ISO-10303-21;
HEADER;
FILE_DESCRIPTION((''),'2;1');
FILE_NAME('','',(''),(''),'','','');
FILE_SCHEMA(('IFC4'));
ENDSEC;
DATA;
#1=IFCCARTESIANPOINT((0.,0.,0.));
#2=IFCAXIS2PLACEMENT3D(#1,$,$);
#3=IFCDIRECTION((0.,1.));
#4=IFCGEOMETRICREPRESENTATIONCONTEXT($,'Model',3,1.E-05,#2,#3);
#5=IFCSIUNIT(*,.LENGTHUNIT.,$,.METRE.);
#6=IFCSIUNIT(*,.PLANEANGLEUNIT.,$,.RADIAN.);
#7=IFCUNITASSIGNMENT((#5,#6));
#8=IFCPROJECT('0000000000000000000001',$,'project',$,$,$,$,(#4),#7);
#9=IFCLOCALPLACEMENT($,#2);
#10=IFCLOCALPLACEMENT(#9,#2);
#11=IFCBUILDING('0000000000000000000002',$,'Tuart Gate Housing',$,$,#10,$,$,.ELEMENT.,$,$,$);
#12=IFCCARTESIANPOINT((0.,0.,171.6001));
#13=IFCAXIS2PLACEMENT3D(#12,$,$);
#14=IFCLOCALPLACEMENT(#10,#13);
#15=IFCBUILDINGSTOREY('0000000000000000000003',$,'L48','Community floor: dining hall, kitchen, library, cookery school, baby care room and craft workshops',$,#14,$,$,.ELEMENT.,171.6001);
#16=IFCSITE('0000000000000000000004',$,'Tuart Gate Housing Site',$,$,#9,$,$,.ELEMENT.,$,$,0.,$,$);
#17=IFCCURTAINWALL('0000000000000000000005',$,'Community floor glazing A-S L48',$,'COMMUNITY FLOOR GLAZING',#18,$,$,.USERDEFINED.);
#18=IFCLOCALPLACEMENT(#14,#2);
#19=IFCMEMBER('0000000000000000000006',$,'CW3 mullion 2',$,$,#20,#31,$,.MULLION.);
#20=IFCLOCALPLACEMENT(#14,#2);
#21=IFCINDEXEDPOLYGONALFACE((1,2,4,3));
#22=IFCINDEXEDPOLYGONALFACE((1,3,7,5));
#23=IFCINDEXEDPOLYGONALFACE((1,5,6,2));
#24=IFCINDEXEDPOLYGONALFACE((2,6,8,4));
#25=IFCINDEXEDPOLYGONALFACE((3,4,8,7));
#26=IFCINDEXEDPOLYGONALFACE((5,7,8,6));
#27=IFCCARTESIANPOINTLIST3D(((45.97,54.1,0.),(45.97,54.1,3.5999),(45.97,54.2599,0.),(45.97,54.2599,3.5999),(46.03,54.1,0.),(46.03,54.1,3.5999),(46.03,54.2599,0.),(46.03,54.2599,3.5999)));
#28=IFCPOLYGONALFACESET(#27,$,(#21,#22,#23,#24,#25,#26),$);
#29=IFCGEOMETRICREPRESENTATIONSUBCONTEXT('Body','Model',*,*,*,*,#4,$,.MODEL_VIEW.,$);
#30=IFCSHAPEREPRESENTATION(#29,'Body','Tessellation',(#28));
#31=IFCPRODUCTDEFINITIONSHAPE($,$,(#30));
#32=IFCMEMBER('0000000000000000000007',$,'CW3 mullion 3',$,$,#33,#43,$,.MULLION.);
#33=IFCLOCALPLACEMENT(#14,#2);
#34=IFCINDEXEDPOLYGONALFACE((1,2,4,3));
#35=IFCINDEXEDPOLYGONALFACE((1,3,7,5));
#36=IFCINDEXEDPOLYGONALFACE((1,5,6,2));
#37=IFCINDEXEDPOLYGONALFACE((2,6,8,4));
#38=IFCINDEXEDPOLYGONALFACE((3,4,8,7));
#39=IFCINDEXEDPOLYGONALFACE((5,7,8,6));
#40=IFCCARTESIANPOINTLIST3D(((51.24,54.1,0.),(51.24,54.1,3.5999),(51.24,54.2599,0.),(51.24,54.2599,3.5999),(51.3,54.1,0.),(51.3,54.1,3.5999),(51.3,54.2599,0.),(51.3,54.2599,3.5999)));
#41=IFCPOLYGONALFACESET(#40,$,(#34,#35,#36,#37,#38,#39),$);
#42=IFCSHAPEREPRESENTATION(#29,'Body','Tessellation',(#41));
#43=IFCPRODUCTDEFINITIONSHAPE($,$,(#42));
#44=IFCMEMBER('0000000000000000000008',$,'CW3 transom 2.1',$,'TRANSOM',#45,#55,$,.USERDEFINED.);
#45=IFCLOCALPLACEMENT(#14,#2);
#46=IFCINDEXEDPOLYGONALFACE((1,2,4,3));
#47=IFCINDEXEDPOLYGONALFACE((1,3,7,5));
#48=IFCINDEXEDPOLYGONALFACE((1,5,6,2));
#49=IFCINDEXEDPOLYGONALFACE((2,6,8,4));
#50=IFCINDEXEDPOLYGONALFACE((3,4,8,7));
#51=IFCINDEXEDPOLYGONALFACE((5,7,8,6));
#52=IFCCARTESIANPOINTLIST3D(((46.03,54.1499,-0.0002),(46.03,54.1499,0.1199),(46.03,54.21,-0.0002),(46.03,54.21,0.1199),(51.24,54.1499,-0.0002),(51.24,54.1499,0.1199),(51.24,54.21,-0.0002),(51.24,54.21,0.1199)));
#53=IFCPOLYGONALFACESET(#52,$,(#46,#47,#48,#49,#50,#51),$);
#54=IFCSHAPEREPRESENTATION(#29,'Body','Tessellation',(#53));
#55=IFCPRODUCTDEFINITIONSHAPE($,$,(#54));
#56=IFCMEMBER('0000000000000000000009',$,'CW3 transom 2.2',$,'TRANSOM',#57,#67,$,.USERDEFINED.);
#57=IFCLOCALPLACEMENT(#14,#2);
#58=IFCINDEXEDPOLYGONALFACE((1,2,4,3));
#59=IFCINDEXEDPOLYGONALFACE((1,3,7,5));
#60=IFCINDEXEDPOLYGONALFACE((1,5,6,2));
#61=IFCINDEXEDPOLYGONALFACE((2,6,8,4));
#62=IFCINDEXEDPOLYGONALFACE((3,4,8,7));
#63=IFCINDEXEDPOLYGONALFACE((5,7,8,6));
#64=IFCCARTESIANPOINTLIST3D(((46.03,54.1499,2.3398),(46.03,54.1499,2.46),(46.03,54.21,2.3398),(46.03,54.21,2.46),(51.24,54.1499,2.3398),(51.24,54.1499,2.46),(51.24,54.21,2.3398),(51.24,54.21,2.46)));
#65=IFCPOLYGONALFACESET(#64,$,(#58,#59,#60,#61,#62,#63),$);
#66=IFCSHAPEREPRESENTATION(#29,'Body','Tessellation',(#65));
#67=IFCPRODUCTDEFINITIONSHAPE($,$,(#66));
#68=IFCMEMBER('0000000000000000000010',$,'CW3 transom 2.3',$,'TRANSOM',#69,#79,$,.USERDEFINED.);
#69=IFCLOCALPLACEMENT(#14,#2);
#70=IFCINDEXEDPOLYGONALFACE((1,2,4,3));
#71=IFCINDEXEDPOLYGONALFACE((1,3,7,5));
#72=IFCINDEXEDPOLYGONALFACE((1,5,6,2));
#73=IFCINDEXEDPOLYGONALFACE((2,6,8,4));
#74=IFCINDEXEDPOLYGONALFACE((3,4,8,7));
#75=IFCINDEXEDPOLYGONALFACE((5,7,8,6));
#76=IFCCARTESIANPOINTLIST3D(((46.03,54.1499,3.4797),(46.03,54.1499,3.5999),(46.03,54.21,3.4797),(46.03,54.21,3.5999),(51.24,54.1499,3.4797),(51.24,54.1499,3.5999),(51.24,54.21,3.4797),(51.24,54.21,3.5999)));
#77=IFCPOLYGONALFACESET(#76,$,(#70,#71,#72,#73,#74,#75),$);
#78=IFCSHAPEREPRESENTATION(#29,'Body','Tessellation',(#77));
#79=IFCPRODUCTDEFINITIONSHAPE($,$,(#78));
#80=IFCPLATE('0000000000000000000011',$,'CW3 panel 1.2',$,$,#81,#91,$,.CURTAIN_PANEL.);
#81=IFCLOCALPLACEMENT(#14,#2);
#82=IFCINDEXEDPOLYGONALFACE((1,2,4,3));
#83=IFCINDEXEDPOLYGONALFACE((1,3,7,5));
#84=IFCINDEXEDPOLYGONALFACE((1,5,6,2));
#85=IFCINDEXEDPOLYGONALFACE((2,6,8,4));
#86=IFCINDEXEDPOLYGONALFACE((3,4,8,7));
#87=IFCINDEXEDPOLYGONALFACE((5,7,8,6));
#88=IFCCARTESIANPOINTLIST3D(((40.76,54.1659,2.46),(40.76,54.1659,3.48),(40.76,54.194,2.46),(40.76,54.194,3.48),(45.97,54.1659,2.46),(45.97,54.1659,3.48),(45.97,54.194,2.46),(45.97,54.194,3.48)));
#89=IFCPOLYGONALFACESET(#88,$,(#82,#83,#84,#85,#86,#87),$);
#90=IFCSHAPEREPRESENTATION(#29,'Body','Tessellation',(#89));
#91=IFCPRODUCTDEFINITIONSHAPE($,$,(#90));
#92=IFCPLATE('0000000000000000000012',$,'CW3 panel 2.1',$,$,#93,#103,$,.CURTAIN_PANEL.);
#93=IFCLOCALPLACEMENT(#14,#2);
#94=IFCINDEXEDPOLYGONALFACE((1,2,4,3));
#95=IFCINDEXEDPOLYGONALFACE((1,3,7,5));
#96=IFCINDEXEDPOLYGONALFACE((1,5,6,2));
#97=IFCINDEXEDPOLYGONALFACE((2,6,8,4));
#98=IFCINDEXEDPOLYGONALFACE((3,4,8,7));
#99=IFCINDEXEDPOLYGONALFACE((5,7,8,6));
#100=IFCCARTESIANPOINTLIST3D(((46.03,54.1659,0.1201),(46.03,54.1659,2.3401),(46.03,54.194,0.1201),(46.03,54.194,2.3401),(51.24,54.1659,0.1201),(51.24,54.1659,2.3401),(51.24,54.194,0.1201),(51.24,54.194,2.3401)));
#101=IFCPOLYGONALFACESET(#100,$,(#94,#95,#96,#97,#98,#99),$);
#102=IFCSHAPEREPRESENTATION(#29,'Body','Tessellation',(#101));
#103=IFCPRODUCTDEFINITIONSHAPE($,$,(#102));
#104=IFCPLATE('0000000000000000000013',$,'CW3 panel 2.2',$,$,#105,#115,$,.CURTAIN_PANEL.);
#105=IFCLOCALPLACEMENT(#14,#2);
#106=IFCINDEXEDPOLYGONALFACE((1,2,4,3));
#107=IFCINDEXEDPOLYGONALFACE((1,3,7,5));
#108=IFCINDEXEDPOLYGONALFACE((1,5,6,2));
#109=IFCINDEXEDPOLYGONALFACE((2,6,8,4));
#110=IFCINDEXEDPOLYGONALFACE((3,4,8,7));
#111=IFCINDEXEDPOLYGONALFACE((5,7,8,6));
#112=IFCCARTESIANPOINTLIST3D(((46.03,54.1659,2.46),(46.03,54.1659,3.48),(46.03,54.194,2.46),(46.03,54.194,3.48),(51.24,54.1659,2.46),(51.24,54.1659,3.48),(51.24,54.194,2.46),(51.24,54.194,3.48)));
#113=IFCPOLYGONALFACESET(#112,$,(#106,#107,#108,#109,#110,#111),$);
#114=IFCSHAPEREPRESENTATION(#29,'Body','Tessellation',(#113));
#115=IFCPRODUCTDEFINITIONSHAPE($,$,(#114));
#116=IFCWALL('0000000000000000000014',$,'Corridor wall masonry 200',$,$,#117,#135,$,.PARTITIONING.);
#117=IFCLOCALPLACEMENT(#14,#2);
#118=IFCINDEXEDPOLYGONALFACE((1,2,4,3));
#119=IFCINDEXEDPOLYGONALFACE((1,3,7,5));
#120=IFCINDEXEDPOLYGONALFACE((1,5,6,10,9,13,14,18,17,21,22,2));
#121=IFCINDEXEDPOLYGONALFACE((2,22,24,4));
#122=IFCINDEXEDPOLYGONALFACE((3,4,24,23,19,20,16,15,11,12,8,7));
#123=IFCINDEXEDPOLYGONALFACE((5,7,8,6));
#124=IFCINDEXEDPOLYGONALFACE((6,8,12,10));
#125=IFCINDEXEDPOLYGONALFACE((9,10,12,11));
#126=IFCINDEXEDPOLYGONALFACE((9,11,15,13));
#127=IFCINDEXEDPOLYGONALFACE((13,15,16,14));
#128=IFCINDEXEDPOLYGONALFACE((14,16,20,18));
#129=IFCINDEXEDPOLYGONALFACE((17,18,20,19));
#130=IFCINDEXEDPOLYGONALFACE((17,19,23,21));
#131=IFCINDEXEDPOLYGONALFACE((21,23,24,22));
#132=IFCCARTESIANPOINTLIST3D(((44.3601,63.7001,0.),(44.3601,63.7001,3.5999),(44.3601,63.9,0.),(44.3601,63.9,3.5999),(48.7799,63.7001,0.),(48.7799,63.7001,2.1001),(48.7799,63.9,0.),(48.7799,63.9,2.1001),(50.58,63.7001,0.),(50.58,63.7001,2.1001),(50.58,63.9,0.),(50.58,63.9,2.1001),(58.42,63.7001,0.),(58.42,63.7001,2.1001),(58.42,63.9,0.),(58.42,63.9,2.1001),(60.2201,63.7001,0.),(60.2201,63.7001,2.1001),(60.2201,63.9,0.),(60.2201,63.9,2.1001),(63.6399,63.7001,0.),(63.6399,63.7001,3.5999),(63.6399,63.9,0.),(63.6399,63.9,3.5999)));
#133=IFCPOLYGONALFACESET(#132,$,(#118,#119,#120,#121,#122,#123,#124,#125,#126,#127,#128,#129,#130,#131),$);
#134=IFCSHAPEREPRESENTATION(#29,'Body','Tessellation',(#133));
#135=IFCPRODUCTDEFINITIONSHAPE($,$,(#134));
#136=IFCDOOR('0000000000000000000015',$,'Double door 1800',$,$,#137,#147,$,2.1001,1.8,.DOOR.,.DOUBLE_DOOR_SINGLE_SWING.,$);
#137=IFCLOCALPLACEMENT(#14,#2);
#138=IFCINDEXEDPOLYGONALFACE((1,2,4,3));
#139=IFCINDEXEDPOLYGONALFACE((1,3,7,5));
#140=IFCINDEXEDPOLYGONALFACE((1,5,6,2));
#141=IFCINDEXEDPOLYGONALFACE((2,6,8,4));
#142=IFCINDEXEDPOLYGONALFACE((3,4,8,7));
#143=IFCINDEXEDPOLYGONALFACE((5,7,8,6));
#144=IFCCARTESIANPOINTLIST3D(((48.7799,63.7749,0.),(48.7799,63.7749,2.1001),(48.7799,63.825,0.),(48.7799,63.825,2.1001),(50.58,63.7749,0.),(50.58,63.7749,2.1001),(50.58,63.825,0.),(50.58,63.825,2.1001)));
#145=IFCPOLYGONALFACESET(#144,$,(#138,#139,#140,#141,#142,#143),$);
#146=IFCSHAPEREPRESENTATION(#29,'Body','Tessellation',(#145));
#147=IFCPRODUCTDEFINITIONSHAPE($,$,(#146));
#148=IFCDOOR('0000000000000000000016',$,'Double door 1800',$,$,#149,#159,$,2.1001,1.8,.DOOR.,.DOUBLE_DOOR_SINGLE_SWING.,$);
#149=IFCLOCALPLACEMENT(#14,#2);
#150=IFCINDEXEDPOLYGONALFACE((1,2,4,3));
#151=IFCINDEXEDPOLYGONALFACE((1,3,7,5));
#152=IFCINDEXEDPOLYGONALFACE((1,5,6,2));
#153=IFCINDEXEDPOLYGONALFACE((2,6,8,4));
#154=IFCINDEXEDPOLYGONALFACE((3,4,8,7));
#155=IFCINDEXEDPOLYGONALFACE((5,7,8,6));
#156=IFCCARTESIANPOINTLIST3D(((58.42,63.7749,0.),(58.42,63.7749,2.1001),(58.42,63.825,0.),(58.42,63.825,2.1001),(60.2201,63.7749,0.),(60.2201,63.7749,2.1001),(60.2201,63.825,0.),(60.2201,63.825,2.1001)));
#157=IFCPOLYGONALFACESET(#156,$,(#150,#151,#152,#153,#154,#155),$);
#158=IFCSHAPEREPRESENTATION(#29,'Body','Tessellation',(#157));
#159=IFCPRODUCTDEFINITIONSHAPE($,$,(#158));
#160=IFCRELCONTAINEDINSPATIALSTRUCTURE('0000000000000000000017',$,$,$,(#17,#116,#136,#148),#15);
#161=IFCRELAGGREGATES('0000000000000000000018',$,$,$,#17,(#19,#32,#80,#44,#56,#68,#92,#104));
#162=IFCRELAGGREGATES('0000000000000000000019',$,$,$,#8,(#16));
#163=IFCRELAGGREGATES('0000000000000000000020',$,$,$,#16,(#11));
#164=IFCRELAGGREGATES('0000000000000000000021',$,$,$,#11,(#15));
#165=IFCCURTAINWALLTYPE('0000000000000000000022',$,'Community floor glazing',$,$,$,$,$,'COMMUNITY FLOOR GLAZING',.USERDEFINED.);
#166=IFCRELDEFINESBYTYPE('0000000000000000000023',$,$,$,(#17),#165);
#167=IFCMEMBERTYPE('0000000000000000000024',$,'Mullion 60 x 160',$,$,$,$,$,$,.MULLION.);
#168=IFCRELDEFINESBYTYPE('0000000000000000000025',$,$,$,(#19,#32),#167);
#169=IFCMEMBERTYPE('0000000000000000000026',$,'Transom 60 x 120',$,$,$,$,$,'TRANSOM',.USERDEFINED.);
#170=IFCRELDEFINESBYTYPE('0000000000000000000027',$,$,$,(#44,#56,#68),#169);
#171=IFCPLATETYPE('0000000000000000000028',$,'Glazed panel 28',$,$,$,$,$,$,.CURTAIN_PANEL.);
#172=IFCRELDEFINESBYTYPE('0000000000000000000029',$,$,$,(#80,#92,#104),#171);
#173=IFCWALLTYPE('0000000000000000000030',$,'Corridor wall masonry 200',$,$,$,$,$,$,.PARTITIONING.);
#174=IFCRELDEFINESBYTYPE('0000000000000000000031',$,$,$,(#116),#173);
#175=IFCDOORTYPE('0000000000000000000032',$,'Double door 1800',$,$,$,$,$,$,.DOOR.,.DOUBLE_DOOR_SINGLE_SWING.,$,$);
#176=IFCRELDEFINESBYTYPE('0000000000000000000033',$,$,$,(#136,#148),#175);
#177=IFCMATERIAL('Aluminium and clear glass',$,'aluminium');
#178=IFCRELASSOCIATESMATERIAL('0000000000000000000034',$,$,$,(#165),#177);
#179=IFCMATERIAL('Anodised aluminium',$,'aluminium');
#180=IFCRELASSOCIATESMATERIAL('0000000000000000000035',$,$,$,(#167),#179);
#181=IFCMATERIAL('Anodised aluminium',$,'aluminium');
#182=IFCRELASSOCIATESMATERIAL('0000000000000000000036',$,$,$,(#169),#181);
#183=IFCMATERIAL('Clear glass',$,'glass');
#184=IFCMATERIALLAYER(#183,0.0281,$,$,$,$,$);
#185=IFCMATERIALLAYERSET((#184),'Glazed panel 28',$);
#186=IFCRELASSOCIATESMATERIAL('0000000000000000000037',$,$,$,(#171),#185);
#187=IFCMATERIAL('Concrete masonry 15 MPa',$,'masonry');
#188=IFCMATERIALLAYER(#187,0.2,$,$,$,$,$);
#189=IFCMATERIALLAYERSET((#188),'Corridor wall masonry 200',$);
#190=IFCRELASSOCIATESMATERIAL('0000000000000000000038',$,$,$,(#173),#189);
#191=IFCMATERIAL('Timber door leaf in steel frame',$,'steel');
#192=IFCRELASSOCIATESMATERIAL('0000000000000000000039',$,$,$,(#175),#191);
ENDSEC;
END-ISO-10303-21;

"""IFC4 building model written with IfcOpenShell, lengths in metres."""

from ifc_helpers import new_model, si_unit, direction, frame, frame_2d, origin, origin_2d, place, context, subcontext, project, spatial, rectangle, extrude, material, layer, layer_set, material_profile, profile_set, type_object, element, fill, aggregate, save


model = new_model("IFC4")

# Units and contexts
model_context = context("Model", 3, precision=1e-05, world=origin(), true_north=direction((0.0, 1.0)))
body_context = subcontext(model_context, "Body", "Model", "MODEL_VIEW")
ifc_project = project(units=[si_unit("LENGTHUNIT", "METRE"), si_unit("PLANEANGLEUNIT", "RADIAN")], contexts=[model_context])

# Site, building, storey
site_placement = place(None, origin())
site = spatial("IfcSite", under=ifc_project, at=site_placement, Name="Tuart Gate Housing Site", CompositionType="ELEMENT", RefElevation=0.0)
building_placement = place(site_placement, origin())
building = spatial("IfcBuilding", under=site, at=building_placement, Name="Tuart Gate Housing", CompositionType="ELEMENT")
storey_placement = place(building_placement, frame((0.0, 0.0, 171.6001)))
storey = spatial("IfcBuildingStorey", under=building, at=storey_placement, Name="L48", Description="Community floor: dining hall, kitchen, library, cookery school, baby care room and craft workshops", CompositionType="ELEMENT", Elevation=171.6001)

# Curtain wall, members, plates
ifc_material_1 = material(Name="Aluminium and clear glass", Category="aluminium")
curtain_wall_type = type_object("IfcCurtainWallType", Name="Community floor glazing", ElementType="COMMUNITY FLOOR GLAZING", PredefinedType="USERDEFINED", material=ifc_material_1)
curtain_wall_placement = place(storey_placement, origin())
curtain_wall = element("IfcCurtainWall", 1, at=curtain_wall_placement, inside=storey, type_object=curtain_wall_type, Name="Community floor glazing A-S L48", ObjectType="COMMUNITY FLOOR GLAZING", PredefinedType="USERDEFINED")
ifc_material_2 = material(Name="Anodised aluminium", Category="aluminium")
ifc_material_profile_1 = material_profile(ifc_material_2, rectangle(XDim=0.0601, YDim=0.1599, at=origin_2d()), Name="60x160")
ifc_profile_set_1 = profile_set([ifc_material_profile_1], Name="Anodised aluminium")
member_type_1 = type_object("IfcMemberType", Name="Mullion 60 x 160", PredefinedType="MULLION", material=ifc_profile_set_1)
member_1_placement = place(storey_placement, frame((46.0, 54.1799, 0.0), z_axis=(0.0, 0.0, 1.0), x_axis=(1.0, 0.0, 0.0)))
member_1 = element("IfcMember", 2, at=member_1_placement, type_object=member_type_1, Name="CW3 mullion 2", PredefinedType="MULLION", context=body_context, shape_type="SweptSolid", body=[
    extrude(rectangle(XDim=0.0601, YDim=0.1599, at=origin_2d()), origin(), (0.0, 0.0, 1.0), 3.5999),
])
member_2_placement = place(storey_placement, frame((51.27, 54.1799, 0.0), z_axis=(0.0, 0.0, 1.0), x_axis=(1.0, 0.0, 0.0)))
member_2 = element("IfcMember", 3, at=member_2_placement, type_object=member_type_1, Name="CW3 mullion 3", PredefinedType="MULLION", context=body_context, shape_type="SweptSolid", body=[
    extrude(rectangle(XDim=0.0601, YDim=0.1599, at=origin_2d()), origin(), (0.0, 0.0, 1.0), 3.5999),
])
ifc_material_3 = material(Name="Anodised aluminium", Category="aluminium")
ifc_material_profile_2 = material_profile(ifc_material_3, rectangle(XDim=0.0601, YDim=0.1201, at=origin_2d()), Name="60x120")
ifc_profile_set_2 = profile_set([ifc_material_profile_2], Name="Anodised aluminium")
member_type_2 = type_object("IfcMemberType", Name="Transom 60 x 120", ElementType="TRANSOM", PredefinedType="USERDEFINED", material=ifc_profile_set_2)
member_3_placement = place(storey_placement, frame((46.03, 54.1799, 0.0598), z_axis=(1.0, 0.0, 0.0), x_axis=(0.0, 1.0, 0.0)))
member_3 = element("IfcMember", 4, at=member_3_placement, type_object=member_type_2, Name="CW3 transom 2.1", ObjectType="TRANSOM", PredefinedType="USERDEFINED", context=body_context, shape_type="SweptSolid", body=[
    extrude(rectangle(XDim=0.0601, YDim=0.1201, at=origin_2d()), origin(), (0.0, 0.0, 1.0), 5.21),
])
member_4_placement = place(storey_placement, frame((46.03, 54.1799, 2.3999), z_axis=(1.0, 0.0, 0.0), x_axis=(0.0, 1.0, 0.0)))
member_4 = element("IfcMember", 5, at=member_4_placement, type_object=member_type_2, Name="CW3 transom 2.2", ObjectType="TRANSOM", PredefinedType="USERDEFINED", context=body_context, shape_type="SweptSolid", body=[
    extrude(rectangle(XDim=0.0601, YDim=0.1201, at=origin_2d()), origin(), (0.0, 0.0, 1.0), 5.21),
])
member_5_placement = place(storey_placement, frame((46.03, 54.1799, 3.5398), z_axis=(1.0, 0.0, 0.0), x_axis=(0.0, 1.0, 0.0)))
member_5 = element("IfcMember", 6, at=member_5_placement, type_object=member_type_2, Name="CW3 transom 2.3", ObjectType="TRANSOM", PredefinedType="USERDEFINED", context=body_context, shape_type="SweptSolid", body=[
    extrude(rectangle(XDim=0.0601, YDim=0.1201, at=origin_2d()), origin(), (0.0, 0.0, 1.0), 5.21),
])
ifc_material_4 = material(Name="Clear glass", Category="glass")
ifc_layer_1 = layer(ifc_material_4, 0.0281)
ifc_layer_set_1 = layer_set([ifc_layer_1], Name="Glazed panel 28")
plate_type = type_object("IfcPlateType", Name="Glazed panel 28", PredefinedType="CURTAIN_PANEL", material=ifc_layer_set_1)
plate_1_placement = place(storey_placement, frame((43.365, 54.1799, 2.46), z_axis=(0.0, 0.0, 1.0), x_axis=(1.0, 0.0, 0.0)))
plate_1 = element("IfcPlate", 7, at=plate_1_placement, type_object=plate_type, Name="CW3 panel 1.2", PredefinedType="CURTAIN_PANEL", context=body_context, shape_type="SweptSolid", body=[
    extrude(rectangle(XDim=5.21, YDim=0.0281, at=origin_2d()), origin(), (0.0, 0.0, 1.0), 1.02),
])
plate_2_placement = place(storey_placement, frame((48.635, 54.1799, 0.1201), z_axis=(0.0, 0.0, 1.0), x_axis=(1.0, 0.0, 0.0)))
plate_2 = element("IfcPlate", 8, at=plate_2_placement, type_object=plate_type, Name="CW3 panel 2.1", PredefinedType="CURTAIN_PANEL", context=body_context, shape_type="SweptSolid", body=[
    extrude(rectangle(XDim=5.21, YDim=0.0281, at=origin_2d()), origin(), (0.0, 0.0, 1.0), 2.22),
])
plate_3_placement = place(storey_placement, frame((48.635, 54.1799, 2.46), z_axis=(0.0, 0.0, 1.0), x_axis=(1.0, 0.0, 0.0)))
plate_3 = element("IfcPlate", 9, at=plate_3_placement, type_object=plate_type, Name="CW3 panel 2.2", PredefinedType="CURTAIN_PANEL", context=body_context, shape_type="SweptSolid", body=[
    extrude(rectangle(XDim=5.21, YDim=0.0281, at=origin_2d()), origin(), (0.0, 0.0, 1.0), 1.02),
])
aggregate(curtain_wall, [member_1, member_2, plate_1, member_3, member_4, member_5, plate_2, plate_3])

# Wall, openings, doors
ifc_material_5 = material(Name="Concrete masonry 15 MPa", Category="masonry")
ifc_layer_2 = layer(ifc_material_5, 0.2)
ifc_layer_set_2 = layer_set([ifc_layer_2], Name="Corridor wall masonry 200")
wall_type_1 = type_object("IfcWallType", Name="Corridor wall masonry 200", PredefinedType="PARTITIONING", material=ifc_layer_set_2)
wall_1_placement = place(storey_placement, frame((44.3601, 63.8, 0.0), z_axis=(0.0, 0.0, 1.0), x_axis=(1.0, 0.0, 0.0)))
wall_1 = element("IfcWall", 10, at=wall_1_placement, inside=storey, type_object=wall_type_1, Name="Corridor wall masonry 200", PredefinedType="PARTITIONING", context=body_context, shape_type="SweptSolid", body=[
    extrude(rectangle(XDim=19.2798, YDim=0.2, at=frame_2d((9.6399, 0.0))), origin(), (0.0, 0.0, 1.0), 3.5999),
])
opening_1_placement = place(wall_1_placement, frame((4.4199, 0.0, 0.0)))
opening_1 = element("IfcOpeningElement", 11, at=opening_1_placement, cuts=wall_1, PredefinedType="OPENING", context=body_context, shape_type="SweptSolid", body=[
    extrude(rectangle(XDim=1.8, YDim=2.1001, at=frame_2d((0.8999, 1.05))), frame((0.0, 0.1099, 0.0), z_axis=(0.0, -1.0, 0.0), x_axis=(1.0, 0.0, 0.0)), (0.0, 0.0, 1.0), 0.22),
])
opening_2_placement = place(wall_1_placement, frame((14.0601, 0.0, 0.0)))
opening_2 = element("IfcOpeningElement", 12, at=opening_2_placement, cuts=wall_1, PredefinedType="OPENING", context=body_context, shape_type="SweptSolid", body=[
    extrude(rectangle(XDim=1.8, YDim=2.1001, at=frame_2d((0.8999, 1.05))), frame((0.0, 0.1099, 0.0), z_axis=(0.0, -1.0, 0.0), x_axis=(1.0, 0.0, 0.0)), (0.0, 0.0, 1.0), 0.22),
])
ifc_material_6 = material(Name="Timber door leaf in steel frame", Category="steel")
door_type_1 = type_object("IfcDoorType", Name="Double door 1800", OperationType="DOUBLE_DOOR_SINGLE_SWING", PredefinedType="DOOR", material=ifc_material_6)
door_1_placement = place(opening_1_placement, frame((1.8, 0.0, 0.0), z_axis=(0.0, 0.0, 1.0), x_axis=(-1.0, 0.0, 0.0)))
door_1 = element("IfcDoor", 13, at=door_1_placement, inside=storey, type_object=door_type_1, Name="Double door 1800", OperationType="DOUBLE_DOOR_SINGLE_SWING", OverallHeight=2.1001, OverallWidth=1.8, PredefinedType="DOOR", context=body_context, shape_type="SweptSolid", body=[
    extrude(rectangle(XDim=1.8, YDim=2.1001, at=frame_2d((0.9001, 1.05))), frame((0.0, 0.0251, 0.0), z_axis=(0.0, -1.0, 0.0), x_axis=(1.0, 0.0, 0.0)), (0.0, 0.0, 1.0), 0.05),
])
fill(opening_1, door_1)
door_2_placement = place(opening_2_placement, origin())
door_2 = element("IfcDoor", 14, at=door_2_placement, inside=storey, type_object=door_type_1, Name="Double door 1800", OperationType="DOUBLE_DOOR_SINGLE_SWING", OverallHeight=2.1001, OverallWidth=1.8, PredefinedType="DOOR", context=body_context, shape_type="SweptSolid", body=[
    extrude(rectangle(XDim=1.8, YDim=2.1001, at=frame_2d((0.8999, 1.05))), frame((0.0, 0.0249, 0.0), z_axis=(0.0, -1.0, 0.0), x_axis=(1.0, 0.0, 0.0)), (0.0, 0.0, 1.0), 0.05),
])
fill(opening_2, door_2)

save(model, "model.ifc")
